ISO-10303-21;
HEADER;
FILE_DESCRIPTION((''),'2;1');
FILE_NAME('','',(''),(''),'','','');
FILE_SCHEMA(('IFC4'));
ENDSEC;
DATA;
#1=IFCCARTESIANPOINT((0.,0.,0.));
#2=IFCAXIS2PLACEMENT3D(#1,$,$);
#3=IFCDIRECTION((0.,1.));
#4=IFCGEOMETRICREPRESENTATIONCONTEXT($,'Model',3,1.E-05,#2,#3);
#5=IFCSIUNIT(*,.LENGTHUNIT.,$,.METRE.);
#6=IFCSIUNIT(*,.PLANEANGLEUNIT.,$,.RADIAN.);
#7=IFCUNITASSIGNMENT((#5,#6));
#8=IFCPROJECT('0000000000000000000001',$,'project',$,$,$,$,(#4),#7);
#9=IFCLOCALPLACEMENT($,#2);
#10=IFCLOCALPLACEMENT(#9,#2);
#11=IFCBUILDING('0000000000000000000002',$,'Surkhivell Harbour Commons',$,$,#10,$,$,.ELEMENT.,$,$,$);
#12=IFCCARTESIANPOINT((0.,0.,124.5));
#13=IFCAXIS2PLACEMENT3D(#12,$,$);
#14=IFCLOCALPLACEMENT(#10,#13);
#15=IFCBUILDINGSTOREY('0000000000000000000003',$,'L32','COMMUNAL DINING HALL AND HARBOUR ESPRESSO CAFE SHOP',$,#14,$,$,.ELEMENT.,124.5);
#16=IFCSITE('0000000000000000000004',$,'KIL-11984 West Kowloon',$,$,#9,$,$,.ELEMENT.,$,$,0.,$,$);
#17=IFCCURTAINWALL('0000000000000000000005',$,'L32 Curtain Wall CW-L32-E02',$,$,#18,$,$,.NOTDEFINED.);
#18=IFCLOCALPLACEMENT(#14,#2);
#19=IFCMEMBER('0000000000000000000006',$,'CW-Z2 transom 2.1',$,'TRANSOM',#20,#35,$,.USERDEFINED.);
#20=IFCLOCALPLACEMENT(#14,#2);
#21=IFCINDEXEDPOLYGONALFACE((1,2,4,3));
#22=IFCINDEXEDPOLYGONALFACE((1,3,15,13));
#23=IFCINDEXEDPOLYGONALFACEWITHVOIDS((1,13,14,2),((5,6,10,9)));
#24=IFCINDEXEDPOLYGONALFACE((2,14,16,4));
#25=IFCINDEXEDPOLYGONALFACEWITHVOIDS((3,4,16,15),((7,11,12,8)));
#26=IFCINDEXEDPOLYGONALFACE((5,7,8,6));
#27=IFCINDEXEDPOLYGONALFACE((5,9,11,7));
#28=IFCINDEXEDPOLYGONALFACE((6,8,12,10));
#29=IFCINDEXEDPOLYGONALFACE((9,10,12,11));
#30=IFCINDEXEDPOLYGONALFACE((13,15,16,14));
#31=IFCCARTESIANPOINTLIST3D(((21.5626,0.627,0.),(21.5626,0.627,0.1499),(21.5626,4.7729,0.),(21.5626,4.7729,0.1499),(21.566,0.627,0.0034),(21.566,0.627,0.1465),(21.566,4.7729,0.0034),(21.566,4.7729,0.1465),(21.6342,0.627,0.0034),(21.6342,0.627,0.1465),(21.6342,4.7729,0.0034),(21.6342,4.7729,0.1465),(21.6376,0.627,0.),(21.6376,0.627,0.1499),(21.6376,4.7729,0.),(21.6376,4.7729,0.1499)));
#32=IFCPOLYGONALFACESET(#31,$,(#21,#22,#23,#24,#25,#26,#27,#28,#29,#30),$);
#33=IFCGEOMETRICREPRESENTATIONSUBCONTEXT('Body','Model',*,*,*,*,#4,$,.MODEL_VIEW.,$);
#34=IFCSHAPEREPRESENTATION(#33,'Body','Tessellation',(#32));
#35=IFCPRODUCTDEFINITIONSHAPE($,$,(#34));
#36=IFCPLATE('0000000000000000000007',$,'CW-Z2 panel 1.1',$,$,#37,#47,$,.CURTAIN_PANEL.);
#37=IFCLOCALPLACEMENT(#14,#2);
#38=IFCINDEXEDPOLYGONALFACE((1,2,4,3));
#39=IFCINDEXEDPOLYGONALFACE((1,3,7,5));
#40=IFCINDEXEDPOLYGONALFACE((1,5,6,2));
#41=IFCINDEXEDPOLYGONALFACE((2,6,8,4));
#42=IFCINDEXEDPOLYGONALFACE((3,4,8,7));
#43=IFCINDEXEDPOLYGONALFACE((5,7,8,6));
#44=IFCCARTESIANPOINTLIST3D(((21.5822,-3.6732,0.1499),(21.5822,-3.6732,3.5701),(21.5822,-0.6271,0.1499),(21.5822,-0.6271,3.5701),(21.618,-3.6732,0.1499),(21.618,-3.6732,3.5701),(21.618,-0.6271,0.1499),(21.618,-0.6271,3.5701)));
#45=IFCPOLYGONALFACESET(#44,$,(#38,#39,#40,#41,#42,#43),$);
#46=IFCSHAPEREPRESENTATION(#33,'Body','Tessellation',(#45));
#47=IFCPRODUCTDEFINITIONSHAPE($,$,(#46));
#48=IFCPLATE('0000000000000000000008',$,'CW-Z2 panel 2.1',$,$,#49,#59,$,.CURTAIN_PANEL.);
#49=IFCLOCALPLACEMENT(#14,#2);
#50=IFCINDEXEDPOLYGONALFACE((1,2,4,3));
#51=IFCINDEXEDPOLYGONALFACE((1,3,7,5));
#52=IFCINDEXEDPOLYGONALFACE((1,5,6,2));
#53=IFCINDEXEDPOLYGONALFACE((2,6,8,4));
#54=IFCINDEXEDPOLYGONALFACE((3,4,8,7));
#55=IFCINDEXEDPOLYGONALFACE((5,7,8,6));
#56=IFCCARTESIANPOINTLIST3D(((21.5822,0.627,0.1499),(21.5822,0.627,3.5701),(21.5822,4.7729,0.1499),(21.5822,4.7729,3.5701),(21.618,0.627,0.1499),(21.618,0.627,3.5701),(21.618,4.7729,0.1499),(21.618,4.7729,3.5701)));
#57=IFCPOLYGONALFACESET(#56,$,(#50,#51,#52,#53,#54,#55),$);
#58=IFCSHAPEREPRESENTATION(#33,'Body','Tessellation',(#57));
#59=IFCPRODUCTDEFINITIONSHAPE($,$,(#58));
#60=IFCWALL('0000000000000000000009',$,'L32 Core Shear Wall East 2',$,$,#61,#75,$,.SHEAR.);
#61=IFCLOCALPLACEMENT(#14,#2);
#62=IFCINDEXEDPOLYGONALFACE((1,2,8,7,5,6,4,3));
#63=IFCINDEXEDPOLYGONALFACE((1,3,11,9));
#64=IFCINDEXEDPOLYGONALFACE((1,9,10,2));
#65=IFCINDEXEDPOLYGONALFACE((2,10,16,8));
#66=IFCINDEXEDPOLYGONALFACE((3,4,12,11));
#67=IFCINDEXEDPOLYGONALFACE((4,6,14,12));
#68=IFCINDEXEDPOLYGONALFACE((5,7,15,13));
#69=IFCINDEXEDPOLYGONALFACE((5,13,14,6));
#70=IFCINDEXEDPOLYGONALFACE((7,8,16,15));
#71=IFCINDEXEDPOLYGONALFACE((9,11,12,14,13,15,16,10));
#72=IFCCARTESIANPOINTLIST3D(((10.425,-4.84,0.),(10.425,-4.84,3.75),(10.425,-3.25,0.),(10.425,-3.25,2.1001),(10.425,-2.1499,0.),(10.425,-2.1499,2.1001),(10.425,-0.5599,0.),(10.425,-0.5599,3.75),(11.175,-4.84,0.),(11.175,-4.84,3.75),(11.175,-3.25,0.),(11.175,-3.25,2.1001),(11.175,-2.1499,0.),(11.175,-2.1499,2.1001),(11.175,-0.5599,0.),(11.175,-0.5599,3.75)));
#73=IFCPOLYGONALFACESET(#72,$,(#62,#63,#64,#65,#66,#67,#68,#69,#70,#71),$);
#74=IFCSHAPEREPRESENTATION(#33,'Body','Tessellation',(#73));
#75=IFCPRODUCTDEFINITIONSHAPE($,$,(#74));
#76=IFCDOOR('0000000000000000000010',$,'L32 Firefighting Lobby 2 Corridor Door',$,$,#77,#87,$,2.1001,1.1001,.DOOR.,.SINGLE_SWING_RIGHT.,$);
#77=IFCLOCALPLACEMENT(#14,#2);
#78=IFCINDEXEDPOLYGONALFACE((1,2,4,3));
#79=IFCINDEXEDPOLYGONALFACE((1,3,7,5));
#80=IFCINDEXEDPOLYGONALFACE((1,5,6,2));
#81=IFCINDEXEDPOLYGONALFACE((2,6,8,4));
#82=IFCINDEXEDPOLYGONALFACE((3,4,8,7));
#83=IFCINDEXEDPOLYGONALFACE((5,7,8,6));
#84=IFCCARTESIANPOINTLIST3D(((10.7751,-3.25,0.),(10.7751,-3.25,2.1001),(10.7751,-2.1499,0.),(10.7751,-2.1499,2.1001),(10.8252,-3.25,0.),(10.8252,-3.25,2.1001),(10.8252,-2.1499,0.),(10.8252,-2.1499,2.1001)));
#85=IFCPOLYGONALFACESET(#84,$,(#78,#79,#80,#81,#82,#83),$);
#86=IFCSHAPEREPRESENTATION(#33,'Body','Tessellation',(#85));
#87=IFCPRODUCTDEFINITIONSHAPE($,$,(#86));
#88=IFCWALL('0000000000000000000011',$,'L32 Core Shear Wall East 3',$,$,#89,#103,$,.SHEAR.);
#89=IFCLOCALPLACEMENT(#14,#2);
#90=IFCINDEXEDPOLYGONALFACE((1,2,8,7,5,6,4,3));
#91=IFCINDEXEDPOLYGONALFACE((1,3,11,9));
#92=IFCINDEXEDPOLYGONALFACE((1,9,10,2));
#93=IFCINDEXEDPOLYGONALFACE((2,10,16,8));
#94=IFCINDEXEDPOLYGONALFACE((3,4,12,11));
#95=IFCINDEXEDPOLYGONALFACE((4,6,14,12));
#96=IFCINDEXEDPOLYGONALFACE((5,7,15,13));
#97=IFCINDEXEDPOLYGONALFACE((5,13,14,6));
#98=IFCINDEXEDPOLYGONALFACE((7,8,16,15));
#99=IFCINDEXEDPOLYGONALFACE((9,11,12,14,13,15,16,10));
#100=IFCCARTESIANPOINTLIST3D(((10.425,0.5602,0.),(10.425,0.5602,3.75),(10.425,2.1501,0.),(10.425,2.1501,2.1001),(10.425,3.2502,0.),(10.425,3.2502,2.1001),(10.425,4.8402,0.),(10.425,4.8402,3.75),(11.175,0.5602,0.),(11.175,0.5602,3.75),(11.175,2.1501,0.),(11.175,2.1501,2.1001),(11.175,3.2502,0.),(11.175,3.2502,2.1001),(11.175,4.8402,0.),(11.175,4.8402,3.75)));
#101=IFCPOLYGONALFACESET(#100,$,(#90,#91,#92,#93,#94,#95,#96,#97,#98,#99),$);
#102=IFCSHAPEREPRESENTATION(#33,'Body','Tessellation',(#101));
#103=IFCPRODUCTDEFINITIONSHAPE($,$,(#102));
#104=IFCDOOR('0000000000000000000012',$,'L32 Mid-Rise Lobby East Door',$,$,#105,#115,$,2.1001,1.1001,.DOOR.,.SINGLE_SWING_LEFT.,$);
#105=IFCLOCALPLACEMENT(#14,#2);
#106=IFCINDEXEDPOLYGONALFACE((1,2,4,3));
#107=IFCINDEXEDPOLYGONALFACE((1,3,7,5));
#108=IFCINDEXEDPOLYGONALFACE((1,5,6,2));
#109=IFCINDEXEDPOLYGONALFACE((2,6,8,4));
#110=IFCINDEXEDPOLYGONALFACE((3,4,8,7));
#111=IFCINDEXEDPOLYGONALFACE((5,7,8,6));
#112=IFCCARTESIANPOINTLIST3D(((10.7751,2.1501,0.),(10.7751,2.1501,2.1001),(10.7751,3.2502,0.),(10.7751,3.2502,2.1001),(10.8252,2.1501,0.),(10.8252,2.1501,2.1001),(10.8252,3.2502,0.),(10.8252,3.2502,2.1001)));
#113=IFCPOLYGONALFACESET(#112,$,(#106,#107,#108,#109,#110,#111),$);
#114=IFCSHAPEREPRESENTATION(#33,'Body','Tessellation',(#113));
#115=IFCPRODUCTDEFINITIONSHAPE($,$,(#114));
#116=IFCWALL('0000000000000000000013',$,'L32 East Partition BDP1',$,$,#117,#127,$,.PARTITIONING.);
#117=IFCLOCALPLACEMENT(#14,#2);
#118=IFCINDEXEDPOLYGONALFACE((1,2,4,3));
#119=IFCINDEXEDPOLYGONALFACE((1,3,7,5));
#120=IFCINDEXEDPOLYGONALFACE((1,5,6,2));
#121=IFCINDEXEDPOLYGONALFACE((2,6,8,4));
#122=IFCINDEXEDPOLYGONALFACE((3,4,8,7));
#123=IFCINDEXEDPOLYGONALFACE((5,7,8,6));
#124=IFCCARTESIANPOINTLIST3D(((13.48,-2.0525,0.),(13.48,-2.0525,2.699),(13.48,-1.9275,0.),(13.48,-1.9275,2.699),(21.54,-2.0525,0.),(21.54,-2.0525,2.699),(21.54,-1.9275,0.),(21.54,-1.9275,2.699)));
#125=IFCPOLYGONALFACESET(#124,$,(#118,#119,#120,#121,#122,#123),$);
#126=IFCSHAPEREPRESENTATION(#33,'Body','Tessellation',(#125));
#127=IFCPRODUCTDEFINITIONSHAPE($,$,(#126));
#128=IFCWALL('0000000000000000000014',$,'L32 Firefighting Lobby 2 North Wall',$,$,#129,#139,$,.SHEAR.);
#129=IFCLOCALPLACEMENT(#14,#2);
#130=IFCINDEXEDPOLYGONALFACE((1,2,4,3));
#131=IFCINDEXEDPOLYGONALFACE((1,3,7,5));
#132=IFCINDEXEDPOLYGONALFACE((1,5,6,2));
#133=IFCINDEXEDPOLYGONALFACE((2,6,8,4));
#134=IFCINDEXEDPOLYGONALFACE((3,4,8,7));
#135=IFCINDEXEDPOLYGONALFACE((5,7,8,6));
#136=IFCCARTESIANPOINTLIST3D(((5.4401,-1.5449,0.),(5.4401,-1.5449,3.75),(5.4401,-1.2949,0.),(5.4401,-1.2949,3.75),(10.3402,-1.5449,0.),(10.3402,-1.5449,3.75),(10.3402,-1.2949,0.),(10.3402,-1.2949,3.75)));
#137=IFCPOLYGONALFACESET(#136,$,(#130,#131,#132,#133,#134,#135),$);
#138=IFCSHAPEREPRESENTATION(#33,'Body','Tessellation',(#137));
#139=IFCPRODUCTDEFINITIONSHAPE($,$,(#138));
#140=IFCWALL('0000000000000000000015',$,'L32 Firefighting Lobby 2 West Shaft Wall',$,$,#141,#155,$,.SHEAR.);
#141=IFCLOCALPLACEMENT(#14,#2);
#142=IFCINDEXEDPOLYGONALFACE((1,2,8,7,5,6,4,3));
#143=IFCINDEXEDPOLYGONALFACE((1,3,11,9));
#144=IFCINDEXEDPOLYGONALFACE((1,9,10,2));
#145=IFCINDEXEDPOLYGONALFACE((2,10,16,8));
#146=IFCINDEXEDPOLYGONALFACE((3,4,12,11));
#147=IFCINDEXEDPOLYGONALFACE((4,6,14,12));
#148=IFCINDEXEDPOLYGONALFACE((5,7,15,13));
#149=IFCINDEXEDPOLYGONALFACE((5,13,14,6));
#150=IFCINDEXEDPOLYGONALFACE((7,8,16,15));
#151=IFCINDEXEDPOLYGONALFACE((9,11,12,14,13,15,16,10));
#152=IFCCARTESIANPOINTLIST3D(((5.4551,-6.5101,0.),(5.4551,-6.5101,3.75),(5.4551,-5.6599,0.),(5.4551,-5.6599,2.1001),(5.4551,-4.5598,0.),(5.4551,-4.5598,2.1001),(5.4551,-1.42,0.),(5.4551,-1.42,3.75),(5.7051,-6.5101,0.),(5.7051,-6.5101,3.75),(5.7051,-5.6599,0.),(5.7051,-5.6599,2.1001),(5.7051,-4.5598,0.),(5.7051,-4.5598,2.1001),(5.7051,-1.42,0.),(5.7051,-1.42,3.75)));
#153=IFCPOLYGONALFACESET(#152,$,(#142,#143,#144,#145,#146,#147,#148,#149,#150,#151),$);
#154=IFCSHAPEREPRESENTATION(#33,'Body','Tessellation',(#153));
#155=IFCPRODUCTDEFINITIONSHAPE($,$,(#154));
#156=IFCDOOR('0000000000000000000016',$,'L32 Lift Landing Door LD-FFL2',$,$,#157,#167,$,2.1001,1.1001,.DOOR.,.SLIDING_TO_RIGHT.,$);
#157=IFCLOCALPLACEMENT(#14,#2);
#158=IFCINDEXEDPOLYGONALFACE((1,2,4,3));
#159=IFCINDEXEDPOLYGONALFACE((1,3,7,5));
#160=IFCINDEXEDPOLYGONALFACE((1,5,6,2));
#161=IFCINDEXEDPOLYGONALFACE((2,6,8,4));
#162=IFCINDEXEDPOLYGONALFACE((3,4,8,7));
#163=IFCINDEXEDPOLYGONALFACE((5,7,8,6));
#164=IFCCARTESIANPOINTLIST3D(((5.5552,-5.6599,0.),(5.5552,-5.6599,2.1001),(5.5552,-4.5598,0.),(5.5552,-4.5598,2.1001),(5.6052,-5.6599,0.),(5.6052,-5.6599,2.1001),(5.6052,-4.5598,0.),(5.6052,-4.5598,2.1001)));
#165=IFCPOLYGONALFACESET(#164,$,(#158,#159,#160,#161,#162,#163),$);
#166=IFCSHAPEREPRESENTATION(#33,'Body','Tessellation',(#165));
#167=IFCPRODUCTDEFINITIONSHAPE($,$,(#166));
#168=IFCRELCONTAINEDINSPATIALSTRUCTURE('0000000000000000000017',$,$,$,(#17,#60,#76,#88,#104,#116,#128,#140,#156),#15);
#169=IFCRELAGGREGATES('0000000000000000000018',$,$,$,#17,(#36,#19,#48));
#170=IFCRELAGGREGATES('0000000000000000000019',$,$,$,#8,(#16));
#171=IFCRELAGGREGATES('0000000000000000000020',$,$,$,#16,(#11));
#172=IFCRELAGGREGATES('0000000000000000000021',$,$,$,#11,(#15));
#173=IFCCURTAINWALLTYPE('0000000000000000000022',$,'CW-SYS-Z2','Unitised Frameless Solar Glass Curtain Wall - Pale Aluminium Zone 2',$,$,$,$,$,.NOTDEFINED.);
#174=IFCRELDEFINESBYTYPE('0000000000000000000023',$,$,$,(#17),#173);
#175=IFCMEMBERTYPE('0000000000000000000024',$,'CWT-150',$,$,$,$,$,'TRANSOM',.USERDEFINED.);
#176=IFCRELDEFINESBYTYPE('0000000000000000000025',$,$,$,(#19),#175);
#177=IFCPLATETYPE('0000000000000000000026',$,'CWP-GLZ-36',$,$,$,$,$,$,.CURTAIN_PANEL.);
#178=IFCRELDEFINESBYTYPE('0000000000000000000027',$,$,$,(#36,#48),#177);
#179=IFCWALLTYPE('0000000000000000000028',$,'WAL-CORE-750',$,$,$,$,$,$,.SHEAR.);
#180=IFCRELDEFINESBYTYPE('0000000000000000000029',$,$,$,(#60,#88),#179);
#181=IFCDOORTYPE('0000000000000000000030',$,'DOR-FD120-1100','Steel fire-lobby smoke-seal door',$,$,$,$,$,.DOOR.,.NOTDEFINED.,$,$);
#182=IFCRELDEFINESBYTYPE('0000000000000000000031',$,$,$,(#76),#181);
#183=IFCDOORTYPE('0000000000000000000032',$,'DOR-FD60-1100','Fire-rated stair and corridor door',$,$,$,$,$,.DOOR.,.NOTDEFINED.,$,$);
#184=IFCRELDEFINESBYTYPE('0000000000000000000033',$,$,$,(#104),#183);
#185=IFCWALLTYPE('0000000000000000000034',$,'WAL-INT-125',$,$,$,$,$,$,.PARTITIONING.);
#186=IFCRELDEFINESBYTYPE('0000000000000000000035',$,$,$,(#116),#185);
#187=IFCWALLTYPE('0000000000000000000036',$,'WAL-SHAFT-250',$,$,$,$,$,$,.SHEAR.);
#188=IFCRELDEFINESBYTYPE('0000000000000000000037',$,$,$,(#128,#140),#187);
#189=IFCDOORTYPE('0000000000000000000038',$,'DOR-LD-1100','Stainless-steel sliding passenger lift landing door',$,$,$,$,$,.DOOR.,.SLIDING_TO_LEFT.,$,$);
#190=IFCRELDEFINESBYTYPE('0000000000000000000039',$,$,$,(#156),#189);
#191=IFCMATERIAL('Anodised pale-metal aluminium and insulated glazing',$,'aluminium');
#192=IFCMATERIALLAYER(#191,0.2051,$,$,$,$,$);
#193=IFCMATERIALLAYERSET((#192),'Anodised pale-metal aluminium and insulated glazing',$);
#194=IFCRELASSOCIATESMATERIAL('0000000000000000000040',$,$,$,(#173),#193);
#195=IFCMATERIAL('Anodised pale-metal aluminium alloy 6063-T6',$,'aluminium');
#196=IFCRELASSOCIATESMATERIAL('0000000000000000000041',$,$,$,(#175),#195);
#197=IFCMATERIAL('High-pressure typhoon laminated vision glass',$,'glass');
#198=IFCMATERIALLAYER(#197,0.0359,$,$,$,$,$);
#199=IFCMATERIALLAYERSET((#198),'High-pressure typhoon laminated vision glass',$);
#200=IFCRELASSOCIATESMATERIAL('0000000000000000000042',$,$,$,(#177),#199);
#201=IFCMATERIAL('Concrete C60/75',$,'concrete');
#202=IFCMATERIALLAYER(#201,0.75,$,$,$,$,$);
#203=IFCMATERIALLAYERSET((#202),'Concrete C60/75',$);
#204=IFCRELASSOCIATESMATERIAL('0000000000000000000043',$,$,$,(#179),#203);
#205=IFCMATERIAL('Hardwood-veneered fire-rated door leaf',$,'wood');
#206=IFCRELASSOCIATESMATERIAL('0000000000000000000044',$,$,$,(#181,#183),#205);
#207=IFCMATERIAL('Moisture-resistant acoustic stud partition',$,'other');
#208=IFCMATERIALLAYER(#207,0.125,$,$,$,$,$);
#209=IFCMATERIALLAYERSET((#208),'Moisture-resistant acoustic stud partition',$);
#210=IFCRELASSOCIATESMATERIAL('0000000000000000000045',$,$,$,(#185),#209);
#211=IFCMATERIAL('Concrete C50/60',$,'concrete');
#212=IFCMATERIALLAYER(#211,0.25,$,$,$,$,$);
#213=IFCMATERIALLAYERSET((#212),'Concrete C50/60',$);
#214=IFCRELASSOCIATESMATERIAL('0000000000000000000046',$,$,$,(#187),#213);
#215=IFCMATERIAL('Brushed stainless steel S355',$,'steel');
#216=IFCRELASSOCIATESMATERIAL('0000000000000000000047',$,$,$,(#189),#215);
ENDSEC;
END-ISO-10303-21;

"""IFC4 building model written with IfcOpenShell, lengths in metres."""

from ifc_helpers import new_model, si_unit, direction, frame, frame_2d, origin, origin_2d, place, context, subcontext, project, spatial, rectangle, hollow_rectangle, extrude, material, layer, layer_set, material_profile, profile_set, type_object, element, fill, aggregate, save


model = new_model("IFC4")

# Units and contexts
model_context = context("Model", 3, precision=1e-05, world=origin(), true_north=direction((0.0, 1.0)))
body_context = subcontext(model_context, "Body", "Model", "MODEL_VIEW")
ifc_project = project(units=[si_unit("LENGTHUNIT", "METRE"), si_unit("PLANEANGLEUNIT", "RADIAN")], contexts=[model_context])

# Site, building, storey
site_placement = place(None, origin())
site = spatial("IfcSite", under=ifc_project, at=site_placement, Name="KIL-11984 West Kowloon", CompositionType="ELEMENT", RefElevation=0.0)
building_placement = place(site_placement, origin())
building = spatial("IfcBuilding", under=site, at=building_placement, Name="Surkhivell Harbour Commons", CompositionType="ELEMENT")
storey_placement = place(building_placement, frame((0.0, 0.0, 124.5)))
storey = spatial("IfcBuildingStorey", under=building, at=storey_placement, Name="L32", Description="COMMUNAL DINING HALL AND HARBOUR ESPRESSO CAFE SHOP", CompositionType="ELEMENT", Elevation=124.5)

# Shared definitions
ifc_material_1 = material(Name="Concrete C60/75", Category="concrete")

# Shared definitions
ifc_material_2 = material(Name="Anodised pale-metal aluminium and insulated glazing", Category="aluminium")
ifc_layer_1 = layer(ifc_material_2, 0.2051)
ifc_layer_set_1 = layer_set([ifc_layer_1], Name="Anodised pale-metal aluminium and insulated glazing")
curtain_wall_type = type_object("IfcCurtainWallType", Name="CW-SYS-Z2", Description="Unitised Frameless Solar Glass Curtain Wall - Pale Aluminium Zone 2", PredefinedType="NOTDEFINED", material=ifc_layer_set_1)
ifc_material_3 = material(Name="Anodised pale-metal aluminium alloy 6063-T6", Category="aluminium")

# Curtain wall, member, plates
curtain_wall_1_placement = place(storey_placement, origin())
curtain_wall_1 = element("IfcCurtainWall", 1, at=curtain_wall_1_placement, inside=storey, type_object=curtain_wall_type, Name="L32 Curtain Wall CW-L32-E02", PredefinedType="NOTDEFINED")
ifc_material_profile_1 = material_profile(ifc_material_3, hollow_rectangle(XDim=0.075, YDim=0.1499, WallThickness=0.0034, at=origin_2d()), Name="ALU-TRAN-75x150")
ifc_profile_set_1 = profile_set([ifc_material_profile_1], Name="Anodised pale-metal aluminium alloy 6063-T6")
member_type_1 = type_object("IfcMemberType", Name="CWT-150", ElementType="TRANSOM", PredefinedType="USERDEFINED", material=ifc_profile_set_1)
member_1_placement = place(storey_placement, frame((21.6001, 0.627, 0.075), z_axis=(0.0, 1.0, 0.0), x_axis=(-1.0, 0.0, 0.0)))
member_1 = element("IfcMember", 2, at=member_1_placement, type_object=member_type_1, Name="CW-Z2 transom 2.1", ObjectType="TRANSOM", PredefinedType="USERDEFINED", context=body_context, shape_type="SweptSolid", body=[
    extrude(hollow_rectangle(XDim=0.075, YDim=0.1499, WallThickness=0.0034, at=origin_2d()), origin(), (0.0, 0.0, 1.0), 4.146),
])
ifc_material_4 = material(Name="High-pressure typhoon laminated vision glass", Category="glass")
ifc_layer_2 = layer(ifc_material_4, 0.0359)
ifc_layer_set_2 = layer_set([ifc_layer_2], Name="High-pressure typhoon laminated vision glass")
plate_type = type_object("IfcPlateType", Name="CWP-GLZ-36", PredefinedType="CURTAIN_PANEL", material=ifc_layer_set_2)
plate_1_placement = place(storey_placement, frame((21.6001, -3.6731, 0.1499), z_axis=(0.0, 0.0, 1.0), x_axis=(0.0, 1.0, 0.0)))
plate_1 = element("IfcPlate", 3, at=plate_1_placement, type_object=plate_type, Name="CW-Z2 panel 1.1", PredefinedType="CURTAIN_PANEL", context=body_context, shape_type="SweptSolid", body=[
    extrude(rectangle(XDim=3.0461, YDim=0.0359, at=frame_2d((1.5229, 0.0))), origin(), (0.0, 0.0, 1.0), 3.4202),
])
plate_2_placement = place(storey_placement, frame((21.6001, 0.627, 0.1499), z_axis=(0.0, 0.0, 1.0), x_axis=(0.0, 1.0, 0.0)))
plate_2 = element("IfcPlate", 4, at=plate_2_placement, type_object=plate_type, Name="CW-Z2 panel 2.1", PredefinedType="CURTAIN_PANEL", context=body_context, shape_type="SweptSolid", body=[
    extrude(rectangle(XDim=4.146, YDim=0.0359, at=frame_2d((2.073, 0.0))), origin(), (0.0, 0.0, 1.0), 3.4202),
])
aggregate(curtain_wall_1, [plate_1, member_1, plate_2])

# Walls, openings, doors
ifc_layer_3 = layer(ifc_material_1, 0.75)
ifc_layer_set_3 = layer_set([ifc_layer_3], Name="Concrete C60/75")
wall_type_1 = type_object("IfcWallType", Name="WAL-CORE-750", PredefinedType="SHEAR", material=ifc_layer_set_3)
wall_1_placement = place(storey_placement, frame((10.8, -4.8401, 0.0), z_axis=(0.0, 0.0, 1.0), x_axis=(0.0, 1.0, 0.0)))
wall_1 = element("IfcWall", 5, at=wall_1_placement, inside=storey, type_object=wall_type_1, Name="L32 Core Shear Wall East 2", PredefinedType="SHEAR", context=body_context, shape_type="SweptSolid", body=[
    extrude(rectangle(XDim=4.28, YDim=0.75, at=frame_2d((2.1401, 0.0))), origin(), (0.0, 0.0, 1.0), 3.75),
])
opening_1_placement = place(wall_1_placement, frame((1.5901, 0.0, 0.0)))
opening_1 = element("IfcOpeningElement", 6, at=opening_1_placement, cuts=wall_1, PredefinedType="OPENING", context=body_context, shape_type="SweptSolid", body=[
    extrude(rectangle(XDim=1.1001, YDim=2.1001, at=frame_2d((0.55, 1.05))), frame((0.0, 0.385, 0.0), z_axis=(0.0, -1.0, 0.0), x_axis=(1.0, 0.0, 0.0)), (0.0, 0.0, 1.0), 0.77),
])
ifc_material_5 = material(Name="Hardwood-veneered fire-rated door leaf", Category="wood")
door_type_1 = type_object("IfcDoorType", Name="DOR-FD120-1100", Description="Steel fire-lobby smoke-seal door", OperationType="NOTDEFINED", PredefinedType="DOOR", material=ifc_material_5)
door_1_placement = place(opening_1_placement, origin())
door_1 = element("IfcDoor", 7, at=door_1_placement, inside=storey, type_object=door_type_1, Name="L32 Firefighting Lobby 2 Corridor Door", OperationType="SINGLE_SWING_RIGHT", OverallHeight=2.1001, OverallWidth=1.1001, PredefinedType="DOOR", context=body_context, shape_type="SweptSolid", body=[
    extrude(rectangle(XDim=1.1001, YDim=2.1001, at=frame_2d((0.55, 1.05))), frame((0.0, 0.0249, 0.0), z_axis=(0.0, -1.0, 0.0), x_axis=(1.0, 0.0, 0.0)), (0.0, 0.0, 1.0), 0.05),
])
fill(opening_1, door_1)
wall_2_placement = place(storey_placement, frame((10.8, 0.5601, 0.0), z_axis=(0.0, 0.0, 1.0), x_axis=(0.0, 1.0, 0.0)))
wall_2 = element("IfcWall", 8, at=wall_2_placement, inside=storey, type_object=wall_type_1, Name="L32 Core Shear Wall East 3", PredefinedType="SHEAR", context=body_context, shape_type="SweptSolid", body=[
    extrude(rectangle(XDim=4.28, YDim=0.75, at=frame_2d((2.1401, 0.0))), origin(), (0.0, 0.0, 1.0), 3.75),
])
opening_2_placement = place(wall_2_placement, frame((1.5901, 0.0, 0.0)))
opening_2 = element("IfcOpeningElement", 9, at=opening_2_placement, cuts=wall_2, PredefinedType="OPENING", context=body_context, shape_type="SweptSolid", body=[
    extrude(rectangle(XDim=1.1001, YDim=2.1001, at=frame_2d((0.55, 1.05))), frame((0.0, 0.385, 0.0), z_axis=(0.0, -1.0, 0.0), x_axis=(1.0, 0.0, 0.0)), (0.0, 0.0, 1.0), 0.77),
])
door_type_2 = type_object("IfcDoorType", Name="DOR-FD60-1100", Description="Fire-rated stair and corridor door", OperationType="NOTDEFINED", PredefinedType="DOOR", material=ifc_material_5)
door_2_placement = place(opening_2_placement, origin())
door_2 = element("IfcDoor", 10, at=door_2_placement, inside=storey, type_object=door_type_2, Name="L32 Mid-Rise Lobby East Door", OperationType="SINGLE_SWING_LEFT", OverallHeight=2.1001, OverallWidth=1.1001, PredefinedType="DOOR", context=body_context, shape_type="SweptSolid", body=[
    extrude(rectangle(XDim=1.1001, YDim=2.1001, at=frame_2d((0.55, 1.05))), frame((0.0, 0.0249, 0.0), z_axis=(0.0, -1.0, 0.0), x_axis=(1.0, 0.0, 0.0)), (0.0, 0.0, 1.0), 0.05),
])
fill(opening_2, door_2)

# Walls
ifc_material_6 = material(Name="Moisture-resistant acoustic stud partition", Category="other")
ifc_layer_4 = layer(ifc_material_6, 0.125)
ifc_layer_set_4 = layer_set([ifc_layer_4], Name="Moisture-resistant acoustic stud partition")
wall_type_2 = type_object("IfcWallType", Name="WAL-INT-125", PredefinedType="PARTITIONING", material=ifc_layer_set_4)
wall_3_placement = place(storey_placement, frame((13.48, -1.99, 0.0), z_axis=(0.0, 0.0, 1.0), x_axis=(1.0, 0.0, 0.0)))
element("IfcWall", 11, at=wall_3_placement, inside=storey, type_object=wall_type_2, Name="L32 East Partition BDP1", PredefinedType="PARTITIONING", context=body_context, shape_type="SweptSolid", body=[
    extrude(rectangle(XDim=8.0601, YDim=0.125, at=frame_2d((4.03, 0.0))), origin(), (0.0, 0.0, 1.0), 2.699),
])
ifc_material_7 = material(Name="Concrete C50/60", Category="concrete")
ifc_layer_5 = layer(ifc_material_7, 0.25)
ifc_layer_set_5 = layer_set([ifc_layer_5], Name="Concrete C50/60")
wall_type_3 = type_object("IfcWallType", Name="WAL-SHAFT-250", PredefinedType="SHEAR", material=ifc_layer_set_5)
wall_4_placement = place(storey_placement, frame((5.4399, -1.4199, 0.0), z_axis=(0.0, 0.0, 1.0), x_axis=(1.0, 0.0, 0.0)))
element("IfcWall", 12, at=wall_4_placement, inside=storey, type_object=wall_type_3, Name="L32 Firefighting Lobby 2 North Wall", PredefinedType="SHEAR", context=body_context, shape_type="SweptSolid", body=[
    extrude(rectangle(XDim=4.9001, YDim=0.25, at=frame_2d((2.4502, 0.0))), origin(), (0.0, 0.0, 1.0), 3.75),
])

# Wall, opening, door
wall_5_placement = place(storey_placement, frame((5.5801, -6.51, 0.0), z_axis=(0.0, 0.0, 1.0), x_axis=(0.0, 1.0, 0.0)))
wall_5 = element("IfcWall", 13, at=wall_5_placement, inside=storey, type_object=wall_type_3, Name="L32 Firefighting Lobby 2 West Shaft Wall", PredefinedType="SHEAR", context=body_context, shape_type="SweptSolid", body=[
    extrude(rectangle(XDim=5.0901, YDim=0.25, at=frame_2d((2.5449, 0.0))), origin(), (0.0, 0.0, 1.0), 3.75),
])
opening_3_placement = place(wall_5_placement, frame((0.8501, 0.0, 0.0)))
opening_3 = element("IfcOpeningElement", 14, at=opening_3_placement, cuts=wall_5, PredefinedType="OPENING", context=body_context, shape_type="SweptSolid", body=[
    extrude(rectangle(XDim=1.1001, YDim=2.1001, at=frame_2d((0.55, 1.05))), frame((0.0, 0.135, 0.0), z_axis=(0.0, -1.0, 0.0), x_axis=(1.0, 0.0, 0.0)), (0.0, 0.0, 1.0), 0.27),
])
ifc_material_8 = material(Name="Brushed stainless steel S355", Category="steel")
door_type_3 = type_object("IfcDoorType", Name="DOR-LD-1100", Description="Stainless-steel sliding passenger lift landing door", OperationType="SLIDING_TO_LEFT", PredefinedType="DOOR", material=ifc_material_8)
door_3_placement = place(opening_3_placement, origin())
door_3 = element("IfcDoor", 15, at=door_3_placement, inside=storey, type_object=door_type_3, Name="L32 Lift Landing Door LD-FFL2", OperationType="SLIDING_TO_RIGHT", OverallHeight=2.1001, OverallWidth=1.1001, PredefinedType="DOOR", context=body_context, shape_type="SweptSolid", body=[
    extrude(rectangle(XDim=1.1001, YDim=2.1001, at=frame_2d((0.55, 1.05))), frame((0.0, 0.0249, 0.0), z_axis=(0.0, -1.0, 0.0), x_axis=(1.0, 0.0, 0.0)), (0.0, 0.0, 1.0), 0.05),
])
fill(opening_3, door_3)

save(model, "model.ifc")
